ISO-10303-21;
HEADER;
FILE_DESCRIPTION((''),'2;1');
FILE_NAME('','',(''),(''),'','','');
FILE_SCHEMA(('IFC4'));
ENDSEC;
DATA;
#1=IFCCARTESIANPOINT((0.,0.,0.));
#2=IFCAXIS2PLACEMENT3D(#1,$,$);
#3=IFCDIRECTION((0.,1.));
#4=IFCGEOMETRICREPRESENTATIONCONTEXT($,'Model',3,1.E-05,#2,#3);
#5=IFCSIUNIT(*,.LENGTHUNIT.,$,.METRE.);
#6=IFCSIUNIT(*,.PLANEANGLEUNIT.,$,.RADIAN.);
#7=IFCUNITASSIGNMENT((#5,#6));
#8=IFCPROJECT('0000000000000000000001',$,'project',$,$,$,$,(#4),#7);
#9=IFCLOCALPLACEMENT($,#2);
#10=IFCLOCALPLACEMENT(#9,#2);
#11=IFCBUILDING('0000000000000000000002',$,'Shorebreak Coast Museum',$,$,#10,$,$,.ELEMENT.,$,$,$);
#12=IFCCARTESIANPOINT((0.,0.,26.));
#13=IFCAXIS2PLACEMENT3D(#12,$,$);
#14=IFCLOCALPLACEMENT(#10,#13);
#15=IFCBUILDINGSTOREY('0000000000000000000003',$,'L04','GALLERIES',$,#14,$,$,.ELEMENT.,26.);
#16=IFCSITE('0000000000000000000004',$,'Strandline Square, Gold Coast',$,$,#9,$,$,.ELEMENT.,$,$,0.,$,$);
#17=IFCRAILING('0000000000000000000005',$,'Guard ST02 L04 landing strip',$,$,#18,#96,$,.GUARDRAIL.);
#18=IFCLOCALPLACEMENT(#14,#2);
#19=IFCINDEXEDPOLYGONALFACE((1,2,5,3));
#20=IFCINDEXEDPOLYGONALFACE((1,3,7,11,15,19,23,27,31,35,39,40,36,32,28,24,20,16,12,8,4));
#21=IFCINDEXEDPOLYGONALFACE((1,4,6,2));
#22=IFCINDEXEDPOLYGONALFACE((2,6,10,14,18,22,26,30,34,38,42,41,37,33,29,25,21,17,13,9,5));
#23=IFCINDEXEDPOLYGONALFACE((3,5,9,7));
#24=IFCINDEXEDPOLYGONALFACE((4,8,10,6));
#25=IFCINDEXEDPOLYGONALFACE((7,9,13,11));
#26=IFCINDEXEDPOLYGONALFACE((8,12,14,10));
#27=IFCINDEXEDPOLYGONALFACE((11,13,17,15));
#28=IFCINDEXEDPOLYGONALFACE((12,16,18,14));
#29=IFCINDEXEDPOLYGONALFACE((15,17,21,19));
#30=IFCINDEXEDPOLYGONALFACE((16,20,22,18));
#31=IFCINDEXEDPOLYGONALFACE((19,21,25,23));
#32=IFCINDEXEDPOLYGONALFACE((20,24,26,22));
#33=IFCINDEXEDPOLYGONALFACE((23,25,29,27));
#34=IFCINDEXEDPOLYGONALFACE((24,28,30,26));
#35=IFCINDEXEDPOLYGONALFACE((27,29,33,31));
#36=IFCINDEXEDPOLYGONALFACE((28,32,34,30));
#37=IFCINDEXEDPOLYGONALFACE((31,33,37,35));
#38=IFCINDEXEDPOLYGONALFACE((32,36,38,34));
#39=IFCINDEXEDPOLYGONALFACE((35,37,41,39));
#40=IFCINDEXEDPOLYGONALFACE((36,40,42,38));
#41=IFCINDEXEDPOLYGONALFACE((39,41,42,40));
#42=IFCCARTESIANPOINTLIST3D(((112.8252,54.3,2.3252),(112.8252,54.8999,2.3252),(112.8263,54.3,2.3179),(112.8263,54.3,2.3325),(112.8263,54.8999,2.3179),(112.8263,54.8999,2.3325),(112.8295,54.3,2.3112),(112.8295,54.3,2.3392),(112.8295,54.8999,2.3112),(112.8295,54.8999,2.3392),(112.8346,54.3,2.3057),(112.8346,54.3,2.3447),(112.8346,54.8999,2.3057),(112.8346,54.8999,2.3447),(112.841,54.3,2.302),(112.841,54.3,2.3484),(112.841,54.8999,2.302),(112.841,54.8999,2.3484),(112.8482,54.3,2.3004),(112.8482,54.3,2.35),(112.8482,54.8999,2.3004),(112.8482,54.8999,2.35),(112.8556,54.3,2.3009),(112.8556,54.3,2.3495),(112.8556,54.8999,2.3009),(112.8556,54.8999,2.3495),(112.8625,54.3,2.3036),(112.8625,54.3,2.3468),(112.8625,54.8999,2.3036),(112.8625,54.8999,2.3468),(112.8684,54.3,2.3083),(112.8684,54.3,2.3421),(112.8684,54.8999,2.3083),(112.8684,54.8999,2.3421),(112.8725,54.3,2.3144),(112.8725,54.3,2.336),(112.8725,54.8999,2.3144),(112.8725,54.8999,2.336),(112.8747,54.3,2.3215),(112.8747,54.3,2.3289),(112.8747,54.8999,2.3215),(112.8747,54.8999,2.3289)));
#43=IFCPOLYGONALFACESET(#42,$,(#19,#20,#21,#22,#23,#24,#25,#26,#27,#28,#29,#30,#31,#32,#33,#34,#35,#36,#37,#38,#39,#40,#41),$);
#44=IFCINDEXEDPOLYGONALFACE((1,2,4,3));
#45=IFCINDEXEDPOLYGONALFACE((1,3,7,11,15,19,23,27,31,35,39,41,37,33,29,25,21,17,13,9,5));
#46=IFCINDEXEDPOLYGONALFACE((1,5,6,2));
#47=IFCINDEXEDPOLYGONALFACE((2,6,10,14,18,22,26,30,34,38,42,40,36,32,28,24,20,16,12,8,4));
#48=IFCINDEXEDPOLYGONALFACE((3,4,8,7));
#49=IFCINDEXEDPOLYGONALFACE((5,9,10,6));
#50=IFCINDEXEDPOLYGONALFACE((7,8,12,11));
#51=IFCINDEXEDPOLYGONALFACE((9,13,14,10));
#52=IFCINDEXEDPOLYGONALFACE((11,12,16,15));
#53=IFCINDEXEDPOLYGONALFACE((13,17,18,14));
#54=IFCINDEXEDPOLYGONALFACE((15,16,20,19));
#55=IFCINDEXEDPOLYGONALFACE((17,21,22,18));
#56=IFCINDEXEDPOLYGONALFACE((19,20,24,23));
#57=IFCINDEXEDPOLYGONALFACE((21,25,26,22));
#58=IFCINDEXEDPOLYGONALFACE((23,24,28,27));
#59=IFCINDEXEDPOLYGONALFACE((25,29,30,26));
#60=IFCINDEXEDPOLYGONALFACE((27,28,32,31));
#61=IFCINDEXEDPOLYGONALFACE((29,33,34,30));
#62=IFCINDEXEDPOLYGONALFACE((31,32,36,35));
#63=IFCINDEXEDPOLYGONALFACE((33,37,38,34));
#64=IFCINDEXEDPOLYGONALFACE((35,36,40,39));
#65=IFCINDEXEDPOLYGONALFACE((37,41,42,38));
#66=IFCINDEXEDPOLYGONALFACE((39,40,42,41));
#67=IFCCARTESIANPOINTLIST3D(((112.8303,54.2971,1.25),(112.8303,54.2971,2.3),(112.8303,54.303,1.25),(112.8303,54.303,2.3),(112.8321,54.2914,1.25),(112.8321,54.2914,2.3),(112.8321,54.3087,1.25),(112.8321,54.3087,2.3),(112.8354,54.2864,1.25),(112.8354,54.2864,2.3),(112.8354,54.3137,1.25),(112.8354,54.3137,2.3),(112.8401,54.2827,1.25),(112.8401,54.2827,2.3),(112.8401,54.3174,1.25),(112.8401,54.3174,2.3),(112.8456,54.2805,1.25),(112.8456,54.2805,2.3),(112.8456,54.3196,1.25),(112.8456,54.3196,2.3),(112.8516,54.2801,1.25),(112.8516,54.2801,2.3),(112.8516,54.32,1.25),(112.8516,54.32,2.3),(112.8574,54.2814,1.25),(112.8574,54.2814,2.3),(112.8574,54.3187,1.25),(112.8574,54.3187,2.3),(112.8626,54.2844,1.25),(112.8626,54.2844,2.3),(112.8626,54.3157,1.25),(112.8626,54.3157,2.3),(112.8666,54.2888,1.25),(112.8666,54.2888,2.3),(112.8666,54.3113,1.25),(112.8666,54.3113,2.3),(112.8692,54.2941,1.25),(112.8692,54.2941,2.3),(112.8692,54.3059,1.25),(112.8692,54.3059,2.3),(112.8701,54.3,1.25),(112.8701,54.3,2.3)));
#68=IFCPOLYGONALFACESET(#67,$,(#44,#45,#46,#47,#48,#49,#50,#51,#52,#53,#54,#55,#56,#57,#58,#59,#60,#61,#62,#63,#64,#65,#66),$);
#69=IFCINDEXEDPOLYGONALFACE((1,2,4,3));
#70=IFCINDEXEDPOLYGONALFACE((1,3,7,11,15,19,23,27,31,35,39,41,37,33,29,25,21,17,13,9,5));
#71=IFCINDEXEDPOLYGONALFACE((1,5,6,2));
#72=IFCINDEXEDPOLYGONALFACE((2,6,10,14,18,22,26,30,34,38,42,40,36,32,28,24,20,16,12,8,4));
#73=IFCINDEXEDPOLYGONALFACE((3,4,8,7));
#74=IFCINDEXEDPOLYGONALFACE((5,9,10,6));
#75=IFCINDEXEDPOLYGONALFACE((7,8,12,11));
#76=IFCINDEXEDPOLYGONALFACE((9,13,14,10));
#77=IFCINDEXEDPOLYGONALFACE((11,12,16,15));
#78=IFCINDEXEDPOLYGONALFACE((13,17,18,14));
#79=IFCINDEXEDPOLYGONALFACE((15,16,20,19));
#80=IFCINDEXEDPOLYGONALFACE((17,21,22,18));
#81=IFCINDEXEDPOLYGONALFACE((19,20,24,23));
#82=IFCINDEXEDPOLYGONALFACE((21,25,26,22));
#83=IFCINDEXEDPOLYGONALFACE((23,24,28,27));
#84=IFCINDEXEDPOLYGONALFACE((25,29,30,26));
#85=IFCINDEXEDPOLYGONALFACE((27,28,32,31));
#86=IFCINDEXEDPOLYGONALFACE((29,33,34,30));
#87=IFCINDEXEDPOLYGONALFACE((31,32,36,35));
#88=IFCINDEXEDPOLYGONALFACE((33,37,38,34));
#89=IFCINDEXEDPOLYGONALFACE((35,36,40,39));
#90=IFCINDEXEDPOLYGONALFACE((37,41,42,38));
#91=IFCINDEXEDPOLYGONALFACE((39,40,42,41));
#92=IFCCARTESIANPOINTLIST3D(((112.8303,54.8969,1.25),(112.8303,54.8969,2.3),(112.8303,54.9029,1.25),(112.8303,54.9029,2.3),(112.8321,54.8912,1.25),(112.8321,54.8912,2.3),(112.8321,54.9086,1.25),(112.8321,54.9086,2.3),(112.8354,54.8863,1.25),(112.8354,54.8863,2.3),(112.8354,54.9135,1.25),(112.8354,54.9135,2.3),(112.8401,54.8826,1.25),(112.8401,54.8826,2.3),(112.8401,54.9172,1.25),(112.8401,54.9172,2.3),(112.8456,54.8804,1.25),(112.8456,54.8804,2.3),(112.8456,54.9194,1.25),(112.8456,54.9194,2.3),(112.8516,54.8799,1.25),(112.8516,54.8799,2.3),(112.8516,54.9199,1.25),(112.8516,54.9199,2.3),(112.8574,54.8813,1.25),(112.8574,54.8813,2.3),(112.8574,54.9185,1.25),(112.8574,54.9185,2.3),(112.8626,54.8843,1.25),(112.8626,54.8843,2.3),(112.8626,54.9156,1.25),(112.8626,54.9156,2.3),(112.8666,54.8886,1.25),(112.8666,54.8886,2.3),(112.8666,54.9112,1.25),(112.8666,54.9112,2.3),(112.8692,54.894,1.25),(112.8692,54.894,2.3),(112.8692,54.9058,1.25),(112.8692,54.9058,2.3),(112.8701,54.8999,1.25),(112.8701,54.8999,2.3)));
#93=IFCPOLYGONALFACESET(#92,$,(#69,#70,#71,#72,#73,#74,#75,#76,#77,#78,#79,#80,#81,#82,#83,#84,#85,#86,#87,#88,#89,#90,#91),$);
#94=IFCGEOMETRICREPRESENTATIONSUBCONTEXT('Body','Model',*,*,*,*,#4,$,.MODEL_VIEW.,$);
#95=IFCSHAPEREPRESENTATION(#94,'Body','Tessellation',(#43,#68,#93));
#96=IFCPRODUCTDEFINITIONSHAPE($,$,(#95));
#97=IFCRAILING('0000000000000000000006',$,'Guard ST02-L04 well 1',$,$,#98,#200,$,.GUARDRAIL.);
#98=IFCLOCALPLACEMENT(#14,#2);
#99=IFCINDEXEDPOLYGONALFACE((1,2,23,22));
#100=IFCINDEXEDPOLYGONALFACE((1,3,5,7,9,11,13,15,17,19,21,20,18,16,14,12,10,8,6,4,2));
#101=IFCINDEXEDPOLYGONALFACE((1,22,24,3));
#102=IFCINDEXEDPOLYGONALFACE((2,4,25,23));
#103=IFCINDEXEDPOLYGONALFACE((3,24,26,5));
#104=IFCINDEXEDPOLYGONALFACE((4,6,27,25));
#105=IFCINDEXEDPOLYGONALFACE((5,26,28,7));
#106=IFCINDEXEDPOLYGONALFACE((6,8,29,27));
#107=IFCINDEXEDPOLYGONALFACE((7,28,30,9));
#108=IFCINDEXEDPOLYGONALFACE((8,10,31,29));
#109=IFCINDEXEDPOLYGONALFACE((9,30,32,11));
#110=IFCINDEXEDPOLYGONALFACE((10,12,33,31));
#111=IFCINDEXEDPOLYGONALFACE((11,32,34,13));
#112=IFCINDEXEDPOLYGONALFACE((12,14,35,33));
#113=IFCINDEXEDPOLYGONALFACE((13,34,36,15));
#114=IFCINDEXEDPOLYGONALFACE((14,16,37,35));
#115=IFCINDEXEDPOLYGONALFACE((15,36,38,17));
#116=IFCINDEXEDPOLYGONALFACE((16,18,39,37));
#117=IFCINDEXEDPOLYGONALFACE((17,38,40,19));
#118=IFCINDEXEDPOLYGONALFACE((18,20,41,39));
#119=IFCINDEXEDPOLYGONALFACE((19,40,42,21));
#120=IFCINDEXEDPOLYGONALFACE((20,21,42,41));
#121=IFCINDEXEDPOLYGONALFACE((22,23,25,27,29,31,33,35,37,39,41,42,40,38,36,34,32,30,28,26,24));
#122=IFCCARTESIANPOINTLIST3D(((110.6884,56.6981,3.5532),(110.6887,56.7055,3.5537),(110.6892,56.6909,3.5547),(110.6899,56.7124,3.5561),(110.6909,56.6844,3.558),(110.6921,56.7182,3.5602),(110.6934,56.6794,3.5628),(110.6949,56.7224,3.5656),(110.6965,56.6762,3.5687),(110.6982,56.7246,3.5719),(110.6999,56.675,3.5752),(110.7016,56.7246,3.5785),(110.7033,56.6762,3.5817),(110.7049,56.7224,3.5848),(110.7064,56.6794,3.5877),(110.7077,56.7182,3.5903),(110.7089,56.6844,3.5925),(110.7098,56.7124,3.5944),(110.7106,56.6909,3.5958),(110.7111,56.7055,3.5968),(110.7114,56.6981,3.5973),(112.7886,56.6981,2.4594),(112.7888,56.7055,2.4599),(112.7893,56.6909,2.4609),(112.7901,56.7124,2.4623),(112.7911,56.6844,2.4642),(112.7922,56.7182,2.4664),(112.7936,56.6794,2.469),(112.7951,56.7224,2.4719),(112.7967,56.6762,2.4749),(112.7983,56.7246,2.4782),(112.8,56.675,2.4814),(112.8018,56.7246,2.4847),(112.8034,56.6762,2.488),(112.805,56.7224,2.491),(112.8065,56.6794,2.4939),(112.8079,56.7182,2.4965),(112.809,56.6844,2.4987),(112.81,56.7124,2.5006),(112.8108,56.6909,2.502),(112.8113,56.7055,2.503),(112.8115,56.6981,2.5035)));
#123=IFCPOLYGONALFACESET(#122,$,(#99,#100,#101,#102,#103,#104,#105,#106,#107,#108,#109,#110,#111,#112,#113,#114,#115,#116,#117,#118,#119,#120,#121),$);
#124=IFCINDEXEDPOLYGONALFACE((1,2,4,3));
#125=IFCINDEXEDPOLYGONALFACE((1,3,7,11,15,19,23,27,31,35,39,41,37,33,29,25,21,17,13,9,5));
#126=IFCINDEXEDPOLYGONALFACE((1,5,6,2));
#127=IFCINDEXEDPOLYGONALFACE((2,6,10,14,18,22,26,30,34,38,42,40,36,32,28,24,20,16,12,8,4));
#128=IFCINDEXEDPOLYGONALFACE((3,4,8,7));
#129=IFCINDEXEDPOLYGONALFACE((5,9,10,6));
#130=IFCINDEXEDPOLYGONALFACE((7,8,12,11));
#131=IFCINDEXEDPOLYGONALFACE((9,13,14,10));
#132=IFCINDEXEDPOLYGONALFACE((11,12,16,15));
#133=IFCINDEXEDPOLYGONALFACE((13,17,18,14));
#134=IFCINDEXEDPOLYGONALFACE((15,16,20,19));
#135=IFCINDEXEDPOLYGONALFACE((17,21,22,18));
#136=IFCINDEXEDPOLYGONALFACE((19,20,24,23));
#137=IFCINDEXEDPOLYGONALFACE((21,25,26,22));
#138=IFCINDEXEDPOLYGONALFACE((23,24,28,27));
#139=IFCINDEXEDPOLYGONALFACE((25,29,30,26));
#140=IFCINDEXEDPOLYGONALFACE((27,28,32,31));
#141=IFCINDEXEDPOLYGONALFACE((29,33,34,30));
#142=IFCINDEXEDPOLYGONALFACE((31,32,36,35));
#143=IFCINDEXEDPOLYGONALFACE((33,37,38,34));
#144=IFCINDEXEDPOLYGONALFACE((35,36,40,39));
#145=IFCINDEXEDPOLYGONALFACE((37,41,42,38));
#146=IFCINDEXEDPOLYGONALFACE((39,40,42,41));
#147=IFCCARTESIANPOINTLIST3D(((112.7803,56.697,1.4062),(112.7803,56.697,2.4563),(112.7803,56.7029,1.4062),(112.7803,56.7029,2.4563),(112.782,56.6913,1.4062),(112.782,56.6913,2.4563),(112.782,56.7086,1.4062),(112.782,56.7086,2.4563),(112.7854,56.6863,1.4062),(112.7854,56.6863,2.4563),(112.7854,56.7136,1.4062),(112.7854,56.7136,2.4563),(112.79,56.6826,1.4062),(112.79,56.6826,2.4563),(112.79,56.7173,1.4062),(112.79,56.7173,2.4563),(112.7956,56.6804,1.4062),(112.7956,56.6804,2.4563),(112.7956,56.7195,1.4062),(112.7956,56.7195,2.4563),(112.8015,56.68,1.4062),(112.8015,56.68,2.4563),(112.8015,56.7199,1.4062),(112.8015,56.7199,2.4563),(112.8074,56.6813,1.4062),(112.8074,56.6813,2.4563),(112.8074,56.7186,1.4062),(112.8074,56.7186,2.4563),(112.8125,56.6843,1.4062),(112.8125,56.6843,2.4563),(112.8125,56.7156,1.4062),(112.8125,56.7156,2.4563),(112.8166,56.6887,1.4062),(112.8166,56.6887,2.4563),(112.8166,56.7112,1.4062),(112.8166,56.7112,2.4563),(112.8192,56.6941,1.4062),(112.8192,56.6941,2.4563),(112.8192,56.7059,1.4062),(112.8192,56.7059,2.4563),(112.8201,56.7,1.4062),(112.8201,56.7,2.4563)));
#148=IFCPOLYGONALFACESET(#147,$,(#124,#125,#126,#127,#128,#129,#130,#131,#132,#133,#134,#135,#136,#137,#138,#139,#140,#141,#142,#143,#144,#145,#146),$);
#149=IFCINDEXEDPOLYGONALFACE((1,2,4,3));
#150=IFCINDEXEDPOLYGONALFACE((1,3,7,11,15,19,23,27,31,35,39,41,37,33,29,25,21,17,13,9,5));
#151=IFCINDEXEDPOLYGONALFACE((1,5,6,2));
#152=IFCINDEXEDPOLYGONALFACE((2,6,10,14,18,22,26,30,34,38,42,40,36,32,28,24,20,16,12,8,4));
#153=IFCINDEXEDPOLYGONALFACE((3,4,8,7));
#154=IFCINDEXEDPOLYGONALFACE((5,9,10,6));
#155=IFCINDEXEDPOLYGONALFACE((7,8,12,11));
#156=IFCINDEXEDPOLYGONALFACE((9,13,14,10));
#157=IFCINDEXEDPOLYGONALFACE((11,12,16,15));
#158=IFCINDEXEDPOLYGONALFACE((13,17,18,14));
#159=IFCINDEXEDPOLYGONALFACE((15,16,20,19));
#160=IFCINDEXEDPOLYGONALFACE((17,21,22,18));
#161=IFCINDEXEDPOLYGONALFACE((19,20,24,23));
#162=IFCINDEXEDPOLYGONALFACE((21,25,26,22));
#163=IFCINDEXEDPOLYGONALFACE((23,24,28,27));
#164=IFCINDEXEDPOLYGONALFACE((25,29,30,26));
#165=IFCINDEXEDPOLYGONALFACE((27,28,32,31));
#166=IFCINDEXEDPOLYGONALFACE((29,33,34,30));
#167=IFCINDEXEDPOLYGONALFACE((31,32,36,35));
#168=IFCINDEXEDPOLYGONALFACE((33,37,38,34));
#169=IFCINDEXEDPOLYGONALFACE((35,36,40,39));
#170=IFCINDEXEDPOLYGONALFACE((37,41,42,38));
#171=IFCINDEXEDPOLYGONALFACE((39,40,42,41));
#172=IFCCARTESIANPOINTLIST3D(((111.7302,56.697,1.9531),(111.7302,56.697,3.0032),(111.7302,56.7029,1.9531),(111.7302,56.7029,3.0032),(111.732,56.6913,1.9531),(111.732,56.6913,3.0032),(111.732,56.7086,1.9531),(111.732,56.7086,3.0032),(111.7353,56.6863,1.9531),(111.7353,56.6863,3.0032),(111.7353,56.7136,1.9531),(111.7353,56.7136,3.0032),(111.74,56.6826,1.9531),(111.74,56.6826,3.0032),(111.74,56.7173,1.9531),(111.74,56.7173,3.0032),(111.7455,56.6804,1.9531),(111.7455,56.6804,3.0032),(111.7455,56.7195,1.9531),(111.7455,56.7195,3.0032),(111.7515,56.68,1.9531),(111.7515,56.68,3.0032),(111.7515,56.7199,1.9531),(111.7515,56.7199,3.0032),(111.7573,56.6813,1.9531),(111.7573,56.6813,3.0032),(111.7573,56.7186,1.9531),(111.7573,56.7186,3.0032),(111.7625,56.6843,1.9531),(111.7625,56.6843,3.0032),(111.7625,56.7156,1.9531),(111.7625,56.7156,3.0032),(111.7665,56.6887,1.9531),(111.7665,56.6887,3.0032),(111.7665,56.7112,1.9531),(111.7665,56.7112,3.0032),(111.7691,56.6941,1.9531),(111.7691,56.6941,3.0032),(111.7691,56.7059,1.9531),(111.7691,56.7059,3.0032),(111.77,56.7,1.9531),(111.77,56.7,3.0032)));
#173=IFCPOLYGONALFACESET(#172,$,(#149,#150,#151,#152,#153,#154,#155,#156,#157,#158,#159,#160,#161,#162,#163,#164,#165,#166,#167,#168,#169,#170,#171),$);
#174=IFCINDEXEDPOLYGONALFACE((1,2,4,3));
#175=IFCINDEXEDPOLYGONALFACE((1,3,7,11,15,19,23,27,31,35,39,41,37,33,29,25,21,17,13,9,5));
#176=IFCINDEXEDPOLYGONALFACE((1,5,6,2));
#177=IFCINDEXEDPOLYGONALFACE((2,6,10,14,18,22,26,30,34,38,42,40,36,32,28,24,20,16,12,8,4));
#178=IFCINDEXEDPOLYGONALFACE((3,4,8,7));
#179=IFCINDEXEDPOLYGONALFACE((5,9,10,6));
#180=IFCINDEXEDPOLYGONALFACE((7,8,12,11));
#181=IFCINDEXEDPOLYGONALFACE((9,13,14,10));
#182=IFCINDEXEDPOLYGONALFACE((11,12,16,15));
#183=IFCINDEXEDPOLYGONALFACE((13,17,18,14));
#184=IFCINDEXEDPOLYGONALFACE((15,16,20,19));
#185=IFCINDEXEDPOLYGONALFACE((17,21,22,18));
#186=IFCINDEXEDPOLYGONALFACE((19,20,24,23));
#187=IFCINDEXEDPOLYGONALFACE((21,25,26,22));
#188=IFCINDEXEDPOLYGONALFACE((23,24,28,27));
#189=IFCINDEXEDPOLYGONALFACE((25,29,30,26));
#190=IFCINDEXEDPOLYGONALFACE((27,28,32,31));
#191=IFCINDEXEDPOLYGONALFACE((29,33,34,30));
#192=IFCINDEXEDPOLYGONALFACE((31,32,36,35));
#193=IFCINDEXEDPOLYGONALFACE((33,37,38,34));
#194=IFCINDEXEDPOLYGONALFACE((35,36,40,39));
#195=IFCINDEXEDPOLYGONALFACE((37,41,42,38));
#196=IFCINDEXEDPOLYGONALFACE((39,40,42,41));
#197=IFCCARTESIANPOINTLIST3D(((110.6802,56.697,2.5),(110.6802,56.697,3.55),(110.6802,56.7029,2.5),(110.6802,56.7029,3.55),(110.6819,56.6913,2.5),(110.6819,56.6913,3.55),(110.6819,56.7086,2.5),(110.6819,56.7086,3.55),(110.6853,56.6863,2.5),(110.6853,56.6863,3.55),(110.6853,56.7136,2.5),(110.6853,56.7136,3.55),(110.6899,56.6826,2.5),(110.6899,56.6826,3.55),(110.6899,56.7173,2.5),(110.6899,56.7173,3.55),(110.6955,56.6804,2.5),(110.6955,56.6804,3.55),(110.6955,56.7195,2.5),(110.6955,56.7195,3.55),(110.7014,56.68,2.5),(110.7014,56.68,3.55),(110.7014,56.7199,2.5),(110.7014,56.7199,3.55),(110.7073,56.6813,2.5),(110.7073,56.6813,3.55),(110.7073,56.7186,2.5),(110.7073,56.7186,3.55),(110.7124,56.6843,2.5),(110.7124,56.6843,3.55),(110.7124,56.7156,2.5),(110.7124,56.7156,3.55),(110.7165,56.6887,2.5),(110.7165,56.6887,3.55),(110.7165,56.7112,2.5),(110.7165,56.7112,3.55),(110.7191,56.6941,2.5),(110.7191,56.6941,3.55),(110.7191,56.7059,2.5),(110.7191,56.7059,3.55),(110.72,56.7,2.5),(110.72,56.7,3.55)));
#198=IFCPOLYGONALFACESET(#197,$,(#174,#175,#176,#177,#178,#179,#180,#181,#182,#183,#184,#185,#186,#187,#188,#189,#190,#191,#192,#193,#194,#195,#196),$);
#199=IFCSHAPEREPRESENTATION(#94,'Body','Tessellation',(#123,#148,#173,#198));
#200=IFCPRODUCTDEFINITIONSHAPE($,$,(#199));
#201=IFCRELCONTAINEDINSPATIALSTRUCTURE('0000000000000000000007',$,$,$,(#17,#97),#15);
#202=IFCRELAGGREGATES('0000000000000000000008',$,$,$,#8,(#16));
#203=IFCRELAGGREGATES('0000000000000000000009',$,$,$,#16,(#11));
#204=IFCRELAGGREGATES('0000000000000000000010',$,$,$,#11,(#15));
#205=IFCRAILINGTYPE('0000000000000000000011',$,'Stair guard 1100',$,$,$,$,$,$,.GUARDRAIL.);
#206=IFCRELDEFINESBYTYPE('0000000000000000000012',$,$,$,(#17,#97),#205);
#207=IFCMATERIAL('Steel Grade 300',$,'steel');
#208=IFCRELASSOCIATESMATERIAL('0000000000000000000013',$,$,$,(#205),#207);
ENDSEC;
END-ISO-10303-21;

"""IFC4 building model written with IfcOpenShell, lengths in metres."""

from ifc_helpers import new_model, si_unit, direction, frame, origin, origin_2d, place, context, subcontext, project, spatial, circle, extrude, material, type_object, element, save


model = new_model("IFC4")

# Units and contexts
model_context = context("Model", 3, precision=1e-05, world=origin(), true_north=direction((0.0, 1.0)))
body_context = subcontext(model_context, "Body", "Model", "MODEL_VIEW")
ifc_project = project(units=[si_unit("LENGTHUNIT", "METRE"), si_unit("PLANEANGLEUNIT", "RADIAN")], contexts=[model_context])

# Site, building, storey
site_placement = place(None, origin())
site = spatial("IfcSite", under=ifc_project, at=site_placement, Name="Strandline Square, Gold Coast", CompositionType="ELEMENT", RefElevation=0.0)
building_placement = place(site_placement, origin())
building = spatial("IfcBuilding", under=site, at=building_placement, Name="Shorebreak Coast Museum", CompositionType="ELEMENT")
storey_placement = place(building_placement, frame((0.0, 0.0, 26.0)))
storey = spatial("IfcBuildingStorey", under=building, at=storey_placement, Name="L04", Description="GALLERIES", CompositionType="ELEMENT", Elevation=26.0)

# Railings
ifc_material_1 = material(Name="Steel Grade 300", Category="steel")
railing_type_1 = type_object("IfcRailingType", Name="Stair guard 1100", PredefinedType="GUARDRAIL", material=ifc_material_1)
for number, where, name in (
    (1, (112.8501, 54.3, 1.25), "Guard ST02 L04 landing strip"),
):
    element("IfcRailing", number, at=place(storey_placement, frame(where)), inside=storey, type_object=railing_type_1, Name=name, PredefinedType="GUARDRAIL", context=body_context, shape_type="SweptSolid", body=[
        extrude(circle(Radius=0.0249, at=origin_2d()), frame((0.0, 0.0, 1.0752), z_axis=(0.0, 1.0, 0.0), x_axis=(-1.0, 0.0, 0.0)), (0.0, 0.0, 1.0), 0.5999),
        extrude(circle(Radius=0.02, at=origin_2d()), origin(), (0.0, 0.0, 1.0), 1.05),
        extrude(circle(Radius=0.02, at=origin_2d()), frame((0.0, 0.5999, 0.0)), (0.0, 0.0, 1.0), 1.05),
    ])
for number, where, name in (
    (2, (112.8, 56.7, 1.4062), "Guard ST02-L04 well 1"),
):
    element("IfcRailing", number, at=place(storey_placement, frame(where)), inside=storey, type_object=railing_type_1, Name=name, PredefinedType="GUARDRAIL", context=body_context, shape_type="SweptSolid", body=[
        extrude(circle(Radius=0.0249, at=origin_2d()), frame((0.0, 0.0, 1.0752), z_axis=(-0.886923, 0.0, 0.461918), x_axis=(0.0, -1.0, 0.0)), (0.0, 0.0, 1.0), 2.3679),
        extrude(circle(Radius=0.02, at=origin_2d()), origin(), (0.0, 0.0, 1.0), 1.05),
        extrude(circle(Radius=0.02, at=origin_2d()), frame((-1.05, 0.0, 0.5469)), (0.0, 0.0, 1.0), 1.05),
        extrude(circle(Radius=0.02, at=origin_2d()), frame((-2.1001, 0.0, 1.0938)), (0.0, 0.0, 1.0), 1.05),
    ])

save(model, "model.ifc")
